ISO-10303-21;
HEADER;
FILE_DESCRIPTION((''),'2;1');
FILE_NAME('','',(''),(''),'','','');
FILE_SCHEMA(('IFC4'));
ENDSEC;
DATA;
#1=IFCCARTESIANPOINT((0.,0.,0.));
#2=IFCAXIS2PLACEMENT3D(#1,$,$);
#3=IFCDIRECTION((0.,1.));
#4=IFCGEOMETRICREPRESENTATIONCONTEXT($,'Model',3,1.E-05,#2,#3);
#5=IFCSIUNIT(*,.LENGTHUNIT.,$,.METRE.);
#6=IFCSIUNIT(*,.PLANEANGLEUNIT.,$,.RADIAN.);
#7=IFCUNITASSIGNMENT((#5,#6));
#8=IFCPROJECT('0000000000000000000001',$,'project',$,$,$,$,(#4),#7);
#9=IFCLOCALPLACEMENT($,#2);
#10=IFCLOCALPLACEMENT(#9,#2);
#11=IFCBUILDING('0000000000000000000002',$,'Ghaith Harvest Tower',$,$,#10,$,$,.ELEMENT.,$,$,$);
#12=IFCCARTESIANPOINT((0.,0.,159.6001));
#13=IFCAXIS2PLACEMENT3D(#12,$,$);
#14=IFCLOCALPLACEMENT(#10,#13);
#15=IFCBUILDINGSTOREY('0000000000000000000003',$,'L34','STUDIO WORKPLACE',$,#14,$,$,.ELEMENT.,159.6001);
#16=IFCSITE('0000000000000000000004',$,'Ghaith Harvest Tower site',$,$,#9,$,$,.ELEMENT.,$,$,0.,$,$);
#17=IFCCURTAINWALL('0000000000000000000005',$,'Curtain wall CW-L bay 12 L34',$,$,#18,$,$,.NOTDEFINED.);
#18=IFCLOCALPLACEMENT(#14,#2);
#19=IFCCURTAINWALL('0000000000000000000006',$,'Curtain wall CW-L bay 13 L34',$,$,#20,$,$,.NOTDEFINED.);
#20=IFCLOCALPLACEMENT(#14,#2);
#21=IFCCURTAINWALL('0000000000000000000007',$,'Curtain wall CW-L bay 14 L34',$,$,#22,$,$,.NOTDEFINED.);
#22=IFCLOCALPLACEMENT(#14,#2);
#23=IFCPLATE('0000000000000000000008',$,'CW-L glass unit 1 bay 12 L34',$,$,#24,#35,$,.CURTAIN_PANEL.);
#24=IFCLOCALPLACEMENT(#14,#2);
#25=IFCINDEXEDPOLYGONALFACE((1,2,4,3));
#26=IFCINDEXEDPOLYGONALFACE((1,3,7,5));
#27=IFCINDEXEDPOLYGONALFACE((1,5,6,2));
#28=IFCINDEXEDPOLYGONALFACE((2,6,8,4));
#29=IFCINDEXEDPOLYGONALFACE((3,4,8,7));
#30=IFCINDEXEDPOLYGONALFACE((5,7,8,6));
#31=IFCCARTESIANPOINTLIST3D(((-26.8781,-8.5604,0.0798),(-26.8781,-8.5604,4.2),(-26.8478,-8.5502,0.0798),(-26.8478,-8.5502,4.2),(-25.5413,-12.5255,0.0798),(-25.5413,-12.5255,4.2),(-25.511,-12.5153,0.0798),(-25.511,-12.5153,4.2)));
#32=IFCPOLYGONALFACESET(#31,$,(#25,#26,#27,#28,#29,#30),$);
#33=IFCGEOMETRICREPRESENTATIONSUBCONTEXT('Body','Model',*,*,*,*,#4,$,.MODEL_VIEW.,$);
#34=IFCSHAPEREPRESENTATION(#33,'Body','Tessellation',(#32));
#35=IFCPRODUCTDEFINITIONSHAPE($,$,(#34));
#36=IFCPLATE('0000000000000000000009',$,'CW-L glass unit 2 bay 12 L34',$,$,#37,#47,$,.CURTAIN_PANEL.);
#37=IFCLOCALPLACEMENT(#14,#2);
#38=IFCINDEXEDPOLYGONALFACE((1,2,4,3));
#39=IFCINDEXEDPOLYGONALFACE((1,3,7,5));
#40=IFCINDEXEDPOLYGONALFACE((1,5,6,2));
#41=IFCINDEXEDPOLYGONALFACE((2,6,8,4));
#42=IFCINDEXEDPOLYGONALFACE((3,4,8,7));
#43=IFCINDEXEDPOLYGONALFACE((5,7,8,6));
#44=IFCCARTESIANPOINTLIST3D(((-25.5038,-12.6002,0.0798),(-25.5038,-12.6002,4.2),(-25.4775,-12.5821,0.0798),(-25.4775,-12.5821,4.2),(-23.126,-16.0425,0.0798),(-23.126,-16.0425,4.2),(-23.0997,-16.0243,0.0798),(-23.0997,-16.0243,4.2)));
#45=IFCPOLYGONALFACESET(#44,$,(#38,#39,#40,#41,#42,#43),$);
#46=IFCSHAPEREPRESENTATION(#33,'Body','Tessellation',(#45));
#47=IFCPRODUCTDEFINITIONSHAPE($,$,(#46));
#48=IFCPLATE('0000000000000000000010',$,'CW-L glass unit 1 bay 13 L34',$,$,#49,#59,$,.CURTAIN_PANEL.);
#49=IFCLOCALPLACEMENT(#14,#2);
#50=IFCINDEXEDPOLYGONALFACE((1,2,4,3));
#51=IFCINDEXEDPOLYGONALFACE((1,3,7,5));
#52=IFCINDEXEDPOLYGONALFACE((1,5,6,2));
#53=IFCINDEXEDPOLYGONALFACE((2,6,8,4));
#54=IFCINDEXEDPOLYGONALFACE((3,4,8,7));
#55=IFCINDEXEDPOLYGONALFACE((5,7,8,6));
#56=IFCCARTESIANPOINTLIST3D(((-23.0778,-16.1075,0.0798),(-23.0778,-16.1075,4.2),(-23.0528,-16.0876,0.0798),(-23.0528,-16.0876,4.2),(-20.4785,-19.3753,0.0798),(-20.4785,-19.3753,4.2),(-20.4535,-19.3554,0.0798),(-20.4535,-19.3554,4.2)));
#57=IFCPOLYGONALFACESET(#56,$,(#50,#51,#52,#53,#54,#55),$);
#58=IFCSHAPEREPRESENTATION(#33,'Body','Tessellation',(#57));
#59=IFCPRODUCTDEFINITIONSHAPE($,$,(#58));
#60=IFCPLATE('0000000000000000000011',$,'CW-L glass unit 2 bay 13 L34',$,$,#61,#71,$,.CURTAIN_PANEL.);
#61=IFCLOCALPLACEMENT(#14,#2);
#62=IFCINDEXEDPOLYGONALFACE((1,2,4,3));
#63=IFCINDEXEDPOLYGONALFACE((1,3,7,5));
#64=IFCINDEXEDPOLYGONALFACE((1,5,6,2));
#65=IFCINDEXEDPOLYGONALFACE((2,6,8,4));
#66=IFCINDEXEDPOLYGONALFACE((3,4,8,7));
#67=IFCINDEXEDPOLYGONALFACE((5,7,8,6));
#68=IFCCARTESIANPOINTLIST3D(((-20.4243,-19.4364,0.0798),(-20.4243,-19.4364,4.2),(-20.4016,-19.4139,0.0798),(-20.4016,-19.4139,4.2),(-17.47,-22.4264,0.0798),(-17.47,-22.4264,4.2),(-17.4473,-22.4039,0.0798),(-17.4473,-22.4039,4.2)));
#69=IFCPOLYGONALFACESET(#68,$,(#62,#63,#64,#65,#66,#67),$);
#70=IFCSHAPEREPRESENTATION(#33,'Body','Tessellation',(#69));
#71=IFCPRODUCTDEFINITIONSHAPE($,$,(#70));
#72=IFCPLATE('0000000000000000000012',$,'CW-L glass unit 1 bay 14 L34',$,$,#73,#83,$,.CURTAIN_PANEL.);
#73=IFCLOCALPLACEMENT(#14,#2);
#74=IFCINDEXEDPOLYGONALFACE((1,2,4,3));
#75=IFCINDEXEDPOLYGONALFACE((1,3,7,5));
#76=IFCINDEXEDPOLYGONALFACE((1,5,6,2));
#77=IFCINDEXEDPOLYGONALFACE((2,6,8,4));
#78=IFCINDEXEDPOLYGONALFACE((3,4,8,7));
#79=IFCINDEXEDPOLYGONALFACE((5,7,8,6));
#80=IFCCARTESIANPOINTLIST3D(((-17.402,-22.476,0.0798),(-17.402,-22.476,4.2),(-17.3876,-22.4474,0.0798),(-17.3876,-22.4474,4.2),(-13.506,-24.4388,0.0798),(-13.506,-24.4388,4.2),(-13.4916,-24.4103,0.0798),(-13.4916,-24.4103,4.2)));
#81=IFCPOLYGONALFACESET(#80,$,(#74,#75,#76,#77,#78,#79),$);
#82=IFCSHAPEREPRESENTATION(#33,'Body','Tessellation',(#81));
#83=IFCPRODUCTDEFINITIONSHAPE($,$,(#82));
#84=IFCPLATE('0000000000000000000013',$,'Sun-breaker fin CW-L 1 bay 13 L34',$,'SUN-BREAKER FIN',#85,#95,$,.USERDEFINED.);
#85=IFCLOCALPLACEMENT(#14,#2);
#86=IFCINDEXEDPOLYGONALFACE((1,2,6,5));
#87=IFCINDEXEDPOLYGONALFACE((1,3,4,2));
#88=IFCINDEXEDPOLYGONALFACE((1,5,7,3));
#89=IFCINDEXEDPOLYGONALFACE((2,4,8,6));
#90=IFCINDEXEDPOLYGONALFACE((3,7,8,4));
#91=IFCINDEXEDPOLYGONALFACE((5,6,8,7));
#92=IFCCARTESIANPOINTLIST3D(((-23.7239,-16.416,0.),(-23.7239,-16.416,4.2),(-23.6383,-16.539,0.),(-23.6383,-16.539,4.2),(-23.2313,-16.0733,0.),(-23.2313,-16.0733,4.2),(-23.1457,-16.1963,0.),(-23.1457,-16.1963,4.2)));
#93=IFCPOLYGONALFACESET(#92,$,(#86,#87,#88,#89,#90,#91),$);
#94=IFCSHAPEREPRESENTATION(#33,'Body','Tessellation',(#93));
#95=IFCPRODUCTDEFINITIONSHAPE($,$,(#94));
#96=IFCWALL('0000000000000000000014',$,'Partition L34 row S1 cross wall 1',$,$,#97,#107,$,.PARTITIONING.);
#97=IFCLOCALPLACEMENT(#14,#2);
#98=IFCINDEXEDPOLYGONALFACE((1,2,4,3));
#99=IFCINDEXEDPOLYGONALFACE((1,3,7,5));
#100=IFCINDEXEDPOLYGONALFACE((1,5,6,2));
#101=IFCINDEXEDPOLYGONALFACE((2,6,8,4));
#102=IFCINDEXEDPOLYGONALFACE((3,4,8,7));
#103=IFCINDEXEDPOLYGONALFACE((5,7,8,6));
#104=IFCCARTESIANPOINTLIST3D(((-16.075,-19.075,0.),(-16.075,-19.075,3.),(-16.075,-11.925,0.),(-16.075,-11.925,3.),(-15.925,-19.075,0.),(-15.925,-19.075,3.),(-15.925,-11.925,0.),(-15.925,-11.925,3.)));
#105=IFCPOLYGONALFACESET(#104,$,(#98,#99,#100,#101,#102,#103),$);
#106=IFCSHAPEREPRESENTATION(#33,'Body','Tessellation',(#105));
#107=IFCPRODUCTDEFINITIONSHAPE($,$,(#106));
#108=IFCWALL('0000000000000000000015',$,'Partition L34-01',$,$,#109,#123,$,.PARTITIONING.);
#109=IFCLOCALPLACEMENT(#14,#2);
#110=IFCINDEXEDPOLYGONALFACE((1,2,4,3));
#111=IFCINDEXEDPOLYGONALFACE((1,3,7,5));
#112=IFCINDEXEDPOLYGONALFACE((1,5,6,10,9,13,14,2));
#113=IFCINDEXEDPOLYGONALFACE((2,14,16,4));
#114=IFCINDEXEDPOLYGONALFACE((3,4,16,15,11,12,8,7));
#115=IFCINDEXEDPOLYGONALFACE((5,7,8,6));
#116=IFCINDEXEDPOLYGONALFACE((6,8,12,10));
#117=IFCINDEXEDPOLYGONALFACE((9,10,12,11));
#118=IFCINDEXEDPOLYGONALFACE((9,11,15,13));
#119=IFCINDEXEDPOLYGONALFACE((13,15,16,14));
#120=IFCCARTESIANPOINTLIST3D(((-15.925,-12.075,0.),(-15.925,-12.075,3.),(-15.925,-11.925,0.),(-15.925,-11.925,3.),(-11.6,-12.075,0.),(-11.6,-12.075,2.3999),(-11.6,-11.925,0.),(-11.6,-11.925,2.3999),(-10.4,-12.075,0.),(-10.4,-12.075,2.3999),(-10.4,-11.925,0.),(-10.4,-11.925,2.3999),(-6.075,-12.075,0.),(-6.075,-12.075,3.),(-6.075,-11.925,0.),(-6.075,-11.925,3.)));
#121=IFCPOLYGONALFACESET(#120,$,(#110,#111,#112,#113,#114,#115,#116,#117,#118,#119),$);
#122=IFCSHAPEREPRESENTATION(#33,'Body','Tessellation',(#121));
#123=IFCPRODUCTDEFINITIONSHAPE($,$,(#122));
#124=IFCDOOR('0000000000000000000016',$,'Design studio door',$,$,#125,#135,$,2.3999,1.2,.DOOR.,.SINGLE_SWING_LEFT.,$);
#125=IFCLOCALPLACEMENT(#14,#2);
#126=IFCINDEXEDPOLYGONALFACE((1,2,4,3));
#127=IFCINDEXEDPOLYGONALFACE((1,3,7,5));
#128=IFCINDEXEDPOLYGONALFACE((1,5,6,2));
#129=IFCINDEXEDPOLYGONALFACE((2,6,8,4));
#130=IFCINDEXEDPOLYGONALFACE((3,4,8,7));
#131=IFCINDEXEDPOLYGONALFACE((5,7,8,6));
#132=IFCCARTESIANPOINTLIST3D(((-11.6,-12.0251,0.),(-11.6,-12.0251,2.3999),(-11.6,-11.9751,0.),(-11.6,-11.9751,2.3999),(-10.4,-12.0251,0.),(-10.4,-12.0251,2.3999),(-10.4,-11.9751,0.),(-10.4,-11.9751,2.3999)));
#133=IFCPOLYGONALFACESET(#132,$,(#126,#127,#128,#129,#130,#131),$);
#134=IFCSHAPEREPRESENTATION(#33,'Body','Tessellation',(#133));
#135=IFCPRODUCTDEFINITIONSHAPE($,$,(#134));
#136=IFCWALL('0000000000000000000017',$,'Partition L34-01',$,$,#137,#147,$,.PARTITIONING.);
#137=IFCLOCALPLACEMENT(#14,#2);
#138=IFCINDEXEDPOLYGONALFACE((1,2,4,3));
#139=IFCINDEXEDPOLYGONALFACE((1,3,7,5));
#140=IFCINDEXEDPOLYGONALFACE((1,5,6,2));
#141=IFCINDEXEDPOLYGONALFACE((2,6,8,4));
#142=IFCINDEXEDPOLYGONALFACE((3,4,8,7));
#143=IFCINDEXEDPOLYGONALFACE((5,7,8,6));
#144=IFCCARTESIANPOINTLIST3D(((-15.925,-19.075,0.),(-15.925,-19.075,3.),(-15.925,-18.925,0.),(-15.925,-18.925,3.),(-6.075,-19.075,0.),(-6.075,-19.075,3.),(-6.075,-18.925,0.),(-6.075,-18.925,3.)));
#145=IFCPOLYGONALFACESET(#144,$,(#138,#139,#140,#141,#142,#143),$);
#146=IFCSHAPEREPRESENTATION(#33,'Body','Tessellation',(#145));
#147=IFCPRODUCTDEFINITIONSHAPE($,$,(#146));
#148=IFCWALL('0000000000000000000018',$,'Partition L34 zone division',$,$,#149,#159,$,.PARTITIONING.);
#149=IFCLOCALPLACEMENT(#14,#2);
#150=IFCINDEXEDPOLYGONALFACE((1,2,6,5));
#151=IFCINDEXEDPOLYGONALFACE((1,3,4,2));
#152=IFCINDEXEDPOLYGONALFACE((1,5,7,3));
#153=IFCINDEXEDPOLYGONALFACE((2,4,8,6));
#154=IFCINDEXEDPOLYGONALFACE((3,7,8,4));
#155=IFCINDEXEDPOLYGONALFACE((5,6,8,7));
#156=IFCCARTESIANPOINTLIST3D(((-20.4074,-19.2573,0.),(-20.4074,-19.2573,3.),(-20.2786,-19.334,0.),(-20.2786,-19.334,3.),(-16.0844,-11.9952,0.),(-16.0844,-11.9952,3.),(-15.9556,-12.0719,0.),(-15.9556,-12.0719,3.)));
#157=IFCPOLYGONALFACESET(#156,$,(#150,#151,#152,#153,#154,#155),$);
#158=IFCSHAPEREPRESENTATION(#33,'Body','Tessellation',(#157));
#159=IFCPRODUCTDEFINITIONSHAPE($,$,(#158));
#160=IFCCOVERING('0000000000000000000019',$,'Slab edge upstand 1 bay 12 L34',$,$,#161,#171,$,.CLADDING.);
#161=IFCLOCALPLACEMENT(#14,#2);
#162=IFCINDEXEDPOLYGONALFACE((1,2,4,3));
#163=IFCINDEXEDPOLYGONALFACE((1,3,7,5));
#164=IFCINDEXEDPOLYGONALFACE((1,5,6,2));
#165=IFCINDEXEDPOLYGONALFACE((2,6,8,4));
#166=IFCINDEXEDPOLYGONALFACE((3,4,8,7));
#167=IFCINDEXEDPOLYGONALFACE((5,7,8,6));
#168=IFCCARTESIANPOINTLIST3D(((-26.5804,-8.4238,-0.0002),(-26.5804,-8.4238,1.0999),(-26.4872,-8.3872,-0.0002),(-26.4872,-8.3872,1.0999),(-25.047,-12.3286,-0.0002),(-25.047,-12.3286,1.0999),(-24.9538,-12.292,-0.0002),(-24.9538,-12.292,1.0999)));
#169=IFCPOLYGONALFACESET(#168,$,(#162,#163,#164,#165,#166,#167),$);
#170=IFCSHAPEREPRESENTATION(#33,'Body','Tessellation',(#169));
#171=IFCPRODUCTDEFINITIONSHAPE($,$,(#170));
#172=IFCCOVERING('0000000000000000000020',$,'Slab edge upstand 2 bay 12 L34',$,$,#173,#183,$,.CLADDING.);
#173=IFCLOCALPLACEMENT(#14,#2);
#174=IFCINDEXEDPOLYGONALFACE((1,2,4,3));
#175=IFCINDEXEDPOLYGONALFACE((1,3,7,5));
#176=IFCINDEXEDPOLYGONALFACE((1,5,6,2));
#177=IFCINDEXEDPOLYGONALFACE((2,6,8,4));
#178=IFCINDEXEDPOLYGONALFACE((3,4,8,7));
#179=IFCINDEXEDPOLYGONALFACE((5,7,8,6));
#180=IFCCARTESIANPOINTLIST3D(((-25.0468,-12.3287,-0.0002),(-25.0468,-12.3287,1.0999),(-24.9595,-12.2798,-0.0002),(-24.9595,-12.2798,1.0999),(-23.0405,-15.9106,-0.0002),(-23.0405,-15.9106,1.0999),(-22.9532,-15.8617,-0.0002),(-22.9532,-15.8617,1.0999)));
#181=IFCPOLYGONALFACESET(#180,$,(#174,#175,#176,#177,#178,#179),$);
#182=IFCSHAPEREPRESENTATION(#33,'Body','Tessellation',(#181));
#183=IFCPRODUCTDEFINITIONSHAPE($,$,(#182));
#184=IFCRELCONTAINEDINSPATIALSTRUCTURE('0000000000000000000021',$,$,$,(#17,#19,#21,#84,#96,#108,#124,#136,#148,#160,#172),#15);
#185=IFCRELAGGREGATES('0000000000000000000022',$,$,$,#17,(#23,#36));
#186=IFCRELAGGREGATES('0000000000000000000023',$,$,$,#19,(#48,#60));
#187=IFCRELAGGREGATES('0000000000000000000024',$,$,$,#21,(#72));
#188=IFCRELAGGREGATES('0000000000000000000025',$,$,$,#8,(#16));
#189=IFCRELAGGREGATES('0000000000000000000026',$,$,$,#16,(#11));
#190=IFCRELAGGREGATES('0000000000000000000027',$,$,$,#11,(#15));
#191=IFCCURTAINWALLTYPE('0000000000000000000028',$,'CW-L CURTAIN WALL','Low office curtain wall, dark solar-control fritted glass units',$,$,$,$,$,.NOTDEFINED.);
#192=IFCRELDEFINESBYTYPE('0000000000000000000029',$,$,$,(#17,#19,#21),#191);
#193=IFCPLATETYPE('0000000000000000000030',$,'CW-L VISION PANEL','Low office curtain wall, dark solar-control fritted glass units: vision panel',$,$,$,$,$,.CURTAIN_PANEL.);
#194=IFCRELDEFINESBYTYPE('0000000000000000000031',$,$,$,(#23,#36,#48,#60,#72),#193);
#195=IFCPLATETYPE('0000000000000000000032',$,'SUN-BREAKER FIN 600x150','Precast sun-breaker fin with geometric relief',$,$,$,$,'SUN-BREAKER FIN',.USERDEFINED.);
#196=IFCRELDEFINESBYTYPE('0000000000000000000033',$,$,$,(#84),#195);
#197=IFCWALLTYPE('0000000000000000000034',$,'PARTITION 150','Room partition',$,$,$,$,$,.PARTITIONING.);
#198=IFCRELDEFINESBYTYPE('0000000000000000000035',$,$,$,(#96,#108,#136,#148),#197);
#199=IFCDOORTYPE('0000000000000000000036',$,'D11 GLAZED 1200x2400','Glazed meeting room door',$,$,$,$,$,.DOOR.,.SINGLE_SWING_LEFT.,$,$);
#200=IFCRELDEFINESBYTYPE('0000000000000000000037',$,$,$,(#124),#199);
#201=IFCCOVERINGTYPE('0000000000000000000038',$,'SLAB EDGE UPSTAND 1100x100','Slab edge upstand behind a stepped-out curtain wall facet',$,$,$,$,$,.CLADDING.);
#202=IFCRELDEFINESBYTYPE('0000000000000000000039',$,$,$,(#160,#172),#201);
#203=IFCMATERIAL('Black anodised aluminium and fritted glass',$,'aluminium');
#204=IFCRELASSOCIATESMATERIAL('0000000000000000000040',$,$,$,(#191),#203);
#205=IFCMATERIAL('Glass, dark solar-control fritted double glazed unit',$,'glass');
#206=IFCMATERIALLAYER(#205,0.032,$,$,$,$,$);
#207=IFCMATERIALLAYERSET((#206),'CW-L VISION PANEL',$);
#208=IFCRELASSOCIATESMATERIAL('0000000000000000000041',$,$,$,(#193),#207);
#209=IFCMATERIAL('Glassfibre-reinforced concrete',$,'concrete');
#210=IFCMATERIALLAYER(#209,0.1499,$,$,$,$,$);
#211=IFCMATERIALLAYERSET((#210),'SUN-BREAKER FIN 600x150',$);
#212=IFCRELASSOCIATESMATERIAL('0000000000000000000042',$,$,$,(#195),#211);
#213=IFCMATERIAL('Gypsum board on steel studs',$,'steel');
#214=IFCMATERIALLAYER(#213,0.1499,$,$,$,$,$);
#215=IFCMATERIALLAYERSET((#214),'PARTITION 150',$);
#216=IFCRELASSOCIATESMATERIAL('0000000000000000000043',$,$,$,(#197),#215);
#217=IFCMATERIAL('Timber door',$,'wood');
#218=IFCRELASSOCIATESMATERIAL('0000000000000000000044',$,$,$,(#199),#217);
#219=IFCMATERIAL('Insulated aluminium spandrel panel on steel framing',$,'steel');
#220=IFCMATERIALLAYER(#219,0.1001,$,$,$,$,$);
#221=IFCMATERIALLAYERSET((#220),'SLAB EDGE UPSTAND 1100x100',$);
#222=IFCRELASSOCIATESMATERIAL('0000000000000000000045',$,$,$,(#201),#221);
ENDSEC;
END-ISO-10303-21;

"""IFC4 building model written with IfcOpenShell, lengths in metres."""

from ifc_helpers import new_model, si_unit, direction, frame, frame_2d, origin, origin_2d, place, context, subcontext, project, spatial, rectangle, extrude, material, layer, layer_set, type_object, element, fill, aggregate, save


model = new_model("IFC4")

# Units and contexts
model_context = context("Model", 3, precision=1e-05, world=origin(), true_north=direction((0.0, 1.0)))
body_context = subcontext(model_context, "Body", "Model", "MODEL_VIEW")
ifc_project = project(units=[si_unit("LENGTHUNIT", "METRE"), si_unit("PLANEANGLEUNIT", "RADIAN")], contexts=[model_context])

# Site, building, storey
site_placement = place(None, origin())
site = spatial("IfcSite", under=ifc_project, at=site_placement, Name="Ghaith Harvest Tower site", CompositionType="ELEMENT", RefElevation=0.0)
building_placement = place(site_placement, origin())
building = spatial("IfcBuilding", under=site, at=building_placement, Name="Ghaith Harvest Tower", CompositionType="ELEMENT")
storey_placement = place(building_placement, frame((0.0, 0.0, 159.6001)))
storey = spatial("IfcBuildingStorey", under=building, at=storey_placement, Name="L34", Description="STUDIO WORKPLACE", CompositionType="ELEMENT", Elevation=159.6001)

# Curtain wall
ifc_material_1 = material(Name="Black anodised aluminium and fritted glass", Category="aluminium")
curtain_wall_type = type_object("IfcCurtainWallType", Name="CW-L CURTAIN WALL", Description="Low office curtain wall, dark solar-control fritted glass units", PredefinedType="NOTDEFINED", material=ifc_material_1)
curtain_wall_1_placement = place(storey_placement, origin())
curtain_wall_1 = element("IfcCurtainWall", 1, at=curtain_wall_1_placement, inside=storey, type_object=curtain_wall_type, Name="Curtain wall CW-L bay 12 L34", PredefinedType="NOTDEFINED")

# Curtain wall
curtain_wall_2_placement = place(storey_placement, origin())
curtain_wall_2 = element("IfcCurtainWall", 2, at=curtain_wall_2_placement, inside=storey, type_object=curtain_wall_type, Name="Curtain wall CW-L bay 13 L34", PredefinedType="NOTDEFINED")

# Curtain wall
curtain_wall_3_placement = place(storey_placement, origin())
curtain_wall_3 = element("IfcCurtainWall", 3, at=curtain_wall_3_placement, inside=storey, type_object=curtain_wall_type, Name="Curtain wall CW-L bay 14 L34", PredefinedType="NOTDEFINED")

# Plates
ifc_material_2 = material(Name="Glass, dark solar-control fritted double glazed unit", Category="glass")
ifc_layer_1 = layer(ifc_material_2, 0.032)
ifc_layer_set_1 = layer_set([ifc_layer_1], Name="CW-L VISION PANEL")
plate_type_1 = type_object("IfcPlateType", Name="CW-L VISION PANEL", Description="Low office curtain wall, dark solar-control fritted glass units: vision panel", PredefinedType="CURTAIN_PANEL", material=ifc_layer_set_1)
plate_1_placement = place(storey_placement, frame((-26.1946, -10.5378, 0.0798), z_axis=(0.0, 0.0, 1.0), x_axis=(0.319477, -0.947594, 0.0)))
plate_1 = element("IfcPlate", 4, at=plate_1_placement, type_object=plate_type_1, Name="CW-L glass unit 1 bay 12 L34", PredefinedType="CURTAIN_PANEL", context=body_context, shape_type="SweptSolid", body=[
    extrude(rectangle(XDim=4.1843, YDim=0.032, at=origin_2d()), origin(), (0.0, 0.0, 1.0), 4.1201),
])
plate_2_placement = place(storey_placement, frame((-24.3018, -14.3123, 0.0798), z_axis=(0.0, 0.0, 1.0), x_axis=(0.568348, -0.822788, 0.0)))
plate_2 = element("IfcPlate", 5, at=plate_2_placement, type_object=plate_type_1, Name="CW-L glass unit 2 bay 12 L34", PredefinedType="CURTAIN_PANEL", context=body_context, shape_type="SweptSolid", body=[
    extrude(rectangle(XDim=4.1836, YDim=0.032, at=origin_2d()), origin(), (0.0, 0.0, 1.0), 4.1201),
])
aggregate(curtain_wall_1, [plate_1, plate_2])
plate_3_placement = place(storey_placement, frame((-21.7656, -17.7314, 0.0798), z_axis=(0.0, 0.0, 1.0), x_axis=(0.622507, -0.782614, 0.0)))
plate_3 = element("IfcPlate", 6, at=plate_3_placement, type_object=plate_type_1, Name="CW-L glass unit 1 bay 13 L34", PredefinedType="CURTAIN_PANEL", context=body_context, shape_type="SweptSolid", body=[
    extrude(rectangle(XDim=4.1755, YDim=0.032, at=origin_2d()), origin(), (0.0, 0.0, 1.0), 4.1201),
])
plate_4_placement = place(storey_placement, frame((-18.9358, -20.9202, 0.0798), z_axis=(0.0, 0.0, 1.0), x_axis=(0.702843, -0.711345, 0.0)))
plate_4 = element("IfcPlate", 7, at=plate_4_placement, type_object=plate_type_1, Name="CW-L glass unit 2 bay 13 L34", PredefinedType="CURTAIN_PANEL", context=body_context, shape_type="SweptSolid", body=[
    extrude(rectangle(XDim=4.2034, YDim=0.032, at=origin_2d()), origin(), (0.0, 0.0, 1.0), 4.1201),
])
aggregate(curtain_wall_2, [plate_3, plate_4])
plate_5_placement = place(storey_placement, frame((-15.4468, -23.4431, 0.0798), z_axis=(0.0, 0.0, 1.0), x_axis=(0.893062, -0.449933, 0.0)))
plate_5 = element("IfcPlate", 8, at=plate_5_placement, type_object=plate_type_1, Name="CW-L glass unit 1 bay 14 L34", PredefinedType="CURTAIN_PANEL", context=body_context, shape_type="SweptSolid", body=[
    extrude(rectangle(XDim=4.3625, YDim=0.032, at=origin_2d()), origin(), (0.0, 0.0, 1.0), 4.1201),
])
aggregate(curtain_wall_3, [plate_5])
ifc_material_3 = material(Name="Glassfibre-reinforced concrete", Category="concrete")
ifc_layer_2 = layer(ifc_material_3, 0.1499)
ifc_layer_set_2 = layer_set([ifc_layer_2], Name="SUN-BREAKER FIN 600x150")
plate_type_2 = type_object("IfcPlateType", Name="SUN-BREAKER FIN 600x150", Description="Precast sun-breaker fin with geometric relief", ElementType="SUN-BREAKER FIN", PredefinedType="USERDEFINED", material=ifc_layer_set_2)
plate_6_placement = place(storey_placement, frame((-23.4348, -16.3062, 0.0), z_axis=(0.0, 0.0, 1.0), x_axis=(-0.820845, -0.57115, 0.0)))
element("IfcPlate", 9, at=plate_6_placement, inside=storey, type_object=plate_type_2, Name="Sun-breaker fin CW-L 1 bay 13 L34", ObjectType="SUN-BREAKER FIN", PredefinedType="USERDEFINED", context=body_context, shape_type="SweptSolid", body=[
    extrude(rectangle(XDim=0.6001, YDim=0.1499, at=origin_2d()), origin(), (0.0, 0.0, 1.0), 4.2),
])

# Wall
ifc_material_4 = material(Name="Gypsum board on steel studs", Category="steel")
ifc_layer_3 = layer(ifc_material_4, 0.1499)
ifc_layer_set_3 = layer_set([ifc_layer_3], Name="PARTITION 150")
wall_type_1 = type_object("IfcWallType", Name="PARTITION 150", Description="Room partition", PredefinedType="PARTITIONING", material=ifc_layer_set_3)
wall_1_placement = place(storey_placement, frame((-16.0, -11.925, 0.0), z_axis=(0.0, 0.0, 1.0), x_axis=(0.0, -1.0, 0.0)))
element("IfcWall", 10, at=wall_1_placement, inside=storey, type_object=wall_type_1, Name="Partition L34 row S1 cross wall 1", PredefinedType="PARTITIONING", context=body_context, shape_type="SweptSolid", body=[
    extrude(rectangle(XDim=7.1499, YDim=0.1499, at=frame_2d((3.575, 0.0))), origin(), (0.0, 0.0, 1.0), 3.0),
])

# Wall, opening, door
wall_2_placement = place(storey_placement, frame((-15.925, -12.0, 0.0), z_axis=(0.0, 0.0, 1.0), x_axis=(1.0, 0.0, 0.0)))
wall_2 = element("IfcWall", 11, at=wall_2_placement, inside=storey, type_object=wall_type_1, Name="Partition L34-01", PredefinedType="PARTITIONING", context=body_context, shape_type="SweptSolid", body=[
    extrude(rectangle(XDim=9.8501, YDim=0.1499, at=frame_2d((4.925, 0.0))), origin(), (0.0, 0.0, 1.0), 3.0),
])
opening_1_placement = place(wall_2_placement, frame((4.325, 0.0, 0.0)))
opening_1 = element("IfcOpeningElement", 12, at=opening_1_placement, cuts=wall_2, PredefinedType="OPENING", context=body_context, shape_type="SweptSolid", body=[
    extrude(rectangle(XDim=1.2, YDim=2.3999, at=frame_2d((0.6001, 1.2))), frame((0.0, 0.085, 0.0), z_axis=(0.0, -1.0, 0.0), x_axis=(1.0, 0.0, 0.0)), (0.0, 0.0, 1.0), 0.1699),
])
ifc_material_5 = material(Name="Timber door", Category="wood")
door_type_1 = type_object("IfcDoorType", Name="D11 GLAZED 1200x2400", Description="Glazed meeting room door", OperationType="SINGLE_SWING_LEFT", PredefinedType="DOOR", material=ifc_material_5)
door_1_placement = place(opening_1_placement, origin())
door_1 = element("IfcDoor", 13, at=door_1_placement, inside=storey, type_object=door_type_1, Name="Design studio door", OperationType="SINGLE_SWING_LEFT", OverallHeight=2.3999, OverallWidth=1.2, PredefinedType="DOOR", context=body_context, shape_type="SweptSolid", body=[
    extrude(rectangle(XDim=1.2, YDim=2.3999, at=frame_2d((0.6001, 1.2))), frame((0.0, 0.0249, 0.0), z_axis=(0.0, -1.0, 0.0), x_axis=(1.0, 0.0, 0.0)), (0.0, 0.0, 1.0), 0.05),
])
fill(opening_1, door_1)

# Walls
wall_3_placement = place(storey_placement, frame((-15.925, -19.0, 0.0), z_axis=(0.0, 0.0, 1.0), x_axis=(1.0, 0.0, 0.0)))
element("IfcWall", 14, at=wall_3_placement, inside=storey, type_object=wall_type_1, Name="Partition L34-01", PredefinedType="PARTITIONING", context=body_context, shape_type="SweptSolid", body=[
    extrude(rectangle(XDim=9.8501, YDim=0.1499, at=frame_2d((4.925, 0.0))), origin(), (0.0, 0.0, 1.0), 3.0),
])
wall_4_placement = place(storey_placement, frame((-16.02, -12.0337, 0.0), z_axis=(0.0, 0.0, 1.0), x_axis=(-0.511519, -0.859272, 0.0)))
element("IfcWall", 15, at=wall_4_placement, inside=storey, type_object=wall_type_1, Name="Partition L34 zone division", PredefinedType="PARTITIONING", context=body_context, shape_type="SweptSolid", body=[
    extrude(rectangle(XDim=8.4514, YDim=0.1499, at=frame_2d((4.2256, 0.0))), origin(), (0.0, 0.0, 1.0), 3.0),
])

# Coverings
ifc_material_6 = material(Name="Insulated aluminium spandrel panel on steel framing", Category="steel")
ifc_layer_4 = layer(ifc_material_6, 0.1001)
ifc_layer_set_4 = layer_set([ifc_layer_4], Name="SLAB EDGE UPSTAND 1100x100")
covering_type = type_object("IfcCoveringType", Name="SLAB EDGE UPSTAND 1100x100", Description="Slab edge upstand behind a stepped-out curtain wall facet", PredefinedType="CLADDING", material=ifc_layer_set_4)
covering_1_placement = place(storey_placement, frame((-25.7671, -10.3579, -0.0002), z_axis=(0.0, 0.0, 1.0), x_axis=(0.365515, -0.930805, 0.0)))
element("IfcCovering", 16, at=covering_1_placement, inside=storey, type_object=covering_type, Name="Slab edge upstand 1 bay 12 L34", PredefinedType="CLADDING", context=body_context, shape_type="SweptSolid", body=[
    extrude(rectangle(XDim=4.1951, YDim=0.1001, at=origin_2d()), origin(), (0.0, 0.0, 1.0), 1.1001),
])
covering_2_placement = place(storey_placement, frame((-24.0, -14.0952, -0.0002), z_axis=(0.0, 0.0, 1.0), x_axis=(0.488684, -0.872461, 0.0)))
element("IfcCovering", 17, at=covering_2_placement, inside=storey, type_object=covering_type, Name="Slab edge upstand 2 bay 12 L34", PredefinedType="CLADDING", context=body_context, shape_type="SweptSolid", body=[
    extrude(rectangle(XDim=4.1055, YDim=0.1001, at=origin_2d()), origin(), (0.0, 0.0, 1.0), 1.1001),
])

save(model, "model.ifc")
